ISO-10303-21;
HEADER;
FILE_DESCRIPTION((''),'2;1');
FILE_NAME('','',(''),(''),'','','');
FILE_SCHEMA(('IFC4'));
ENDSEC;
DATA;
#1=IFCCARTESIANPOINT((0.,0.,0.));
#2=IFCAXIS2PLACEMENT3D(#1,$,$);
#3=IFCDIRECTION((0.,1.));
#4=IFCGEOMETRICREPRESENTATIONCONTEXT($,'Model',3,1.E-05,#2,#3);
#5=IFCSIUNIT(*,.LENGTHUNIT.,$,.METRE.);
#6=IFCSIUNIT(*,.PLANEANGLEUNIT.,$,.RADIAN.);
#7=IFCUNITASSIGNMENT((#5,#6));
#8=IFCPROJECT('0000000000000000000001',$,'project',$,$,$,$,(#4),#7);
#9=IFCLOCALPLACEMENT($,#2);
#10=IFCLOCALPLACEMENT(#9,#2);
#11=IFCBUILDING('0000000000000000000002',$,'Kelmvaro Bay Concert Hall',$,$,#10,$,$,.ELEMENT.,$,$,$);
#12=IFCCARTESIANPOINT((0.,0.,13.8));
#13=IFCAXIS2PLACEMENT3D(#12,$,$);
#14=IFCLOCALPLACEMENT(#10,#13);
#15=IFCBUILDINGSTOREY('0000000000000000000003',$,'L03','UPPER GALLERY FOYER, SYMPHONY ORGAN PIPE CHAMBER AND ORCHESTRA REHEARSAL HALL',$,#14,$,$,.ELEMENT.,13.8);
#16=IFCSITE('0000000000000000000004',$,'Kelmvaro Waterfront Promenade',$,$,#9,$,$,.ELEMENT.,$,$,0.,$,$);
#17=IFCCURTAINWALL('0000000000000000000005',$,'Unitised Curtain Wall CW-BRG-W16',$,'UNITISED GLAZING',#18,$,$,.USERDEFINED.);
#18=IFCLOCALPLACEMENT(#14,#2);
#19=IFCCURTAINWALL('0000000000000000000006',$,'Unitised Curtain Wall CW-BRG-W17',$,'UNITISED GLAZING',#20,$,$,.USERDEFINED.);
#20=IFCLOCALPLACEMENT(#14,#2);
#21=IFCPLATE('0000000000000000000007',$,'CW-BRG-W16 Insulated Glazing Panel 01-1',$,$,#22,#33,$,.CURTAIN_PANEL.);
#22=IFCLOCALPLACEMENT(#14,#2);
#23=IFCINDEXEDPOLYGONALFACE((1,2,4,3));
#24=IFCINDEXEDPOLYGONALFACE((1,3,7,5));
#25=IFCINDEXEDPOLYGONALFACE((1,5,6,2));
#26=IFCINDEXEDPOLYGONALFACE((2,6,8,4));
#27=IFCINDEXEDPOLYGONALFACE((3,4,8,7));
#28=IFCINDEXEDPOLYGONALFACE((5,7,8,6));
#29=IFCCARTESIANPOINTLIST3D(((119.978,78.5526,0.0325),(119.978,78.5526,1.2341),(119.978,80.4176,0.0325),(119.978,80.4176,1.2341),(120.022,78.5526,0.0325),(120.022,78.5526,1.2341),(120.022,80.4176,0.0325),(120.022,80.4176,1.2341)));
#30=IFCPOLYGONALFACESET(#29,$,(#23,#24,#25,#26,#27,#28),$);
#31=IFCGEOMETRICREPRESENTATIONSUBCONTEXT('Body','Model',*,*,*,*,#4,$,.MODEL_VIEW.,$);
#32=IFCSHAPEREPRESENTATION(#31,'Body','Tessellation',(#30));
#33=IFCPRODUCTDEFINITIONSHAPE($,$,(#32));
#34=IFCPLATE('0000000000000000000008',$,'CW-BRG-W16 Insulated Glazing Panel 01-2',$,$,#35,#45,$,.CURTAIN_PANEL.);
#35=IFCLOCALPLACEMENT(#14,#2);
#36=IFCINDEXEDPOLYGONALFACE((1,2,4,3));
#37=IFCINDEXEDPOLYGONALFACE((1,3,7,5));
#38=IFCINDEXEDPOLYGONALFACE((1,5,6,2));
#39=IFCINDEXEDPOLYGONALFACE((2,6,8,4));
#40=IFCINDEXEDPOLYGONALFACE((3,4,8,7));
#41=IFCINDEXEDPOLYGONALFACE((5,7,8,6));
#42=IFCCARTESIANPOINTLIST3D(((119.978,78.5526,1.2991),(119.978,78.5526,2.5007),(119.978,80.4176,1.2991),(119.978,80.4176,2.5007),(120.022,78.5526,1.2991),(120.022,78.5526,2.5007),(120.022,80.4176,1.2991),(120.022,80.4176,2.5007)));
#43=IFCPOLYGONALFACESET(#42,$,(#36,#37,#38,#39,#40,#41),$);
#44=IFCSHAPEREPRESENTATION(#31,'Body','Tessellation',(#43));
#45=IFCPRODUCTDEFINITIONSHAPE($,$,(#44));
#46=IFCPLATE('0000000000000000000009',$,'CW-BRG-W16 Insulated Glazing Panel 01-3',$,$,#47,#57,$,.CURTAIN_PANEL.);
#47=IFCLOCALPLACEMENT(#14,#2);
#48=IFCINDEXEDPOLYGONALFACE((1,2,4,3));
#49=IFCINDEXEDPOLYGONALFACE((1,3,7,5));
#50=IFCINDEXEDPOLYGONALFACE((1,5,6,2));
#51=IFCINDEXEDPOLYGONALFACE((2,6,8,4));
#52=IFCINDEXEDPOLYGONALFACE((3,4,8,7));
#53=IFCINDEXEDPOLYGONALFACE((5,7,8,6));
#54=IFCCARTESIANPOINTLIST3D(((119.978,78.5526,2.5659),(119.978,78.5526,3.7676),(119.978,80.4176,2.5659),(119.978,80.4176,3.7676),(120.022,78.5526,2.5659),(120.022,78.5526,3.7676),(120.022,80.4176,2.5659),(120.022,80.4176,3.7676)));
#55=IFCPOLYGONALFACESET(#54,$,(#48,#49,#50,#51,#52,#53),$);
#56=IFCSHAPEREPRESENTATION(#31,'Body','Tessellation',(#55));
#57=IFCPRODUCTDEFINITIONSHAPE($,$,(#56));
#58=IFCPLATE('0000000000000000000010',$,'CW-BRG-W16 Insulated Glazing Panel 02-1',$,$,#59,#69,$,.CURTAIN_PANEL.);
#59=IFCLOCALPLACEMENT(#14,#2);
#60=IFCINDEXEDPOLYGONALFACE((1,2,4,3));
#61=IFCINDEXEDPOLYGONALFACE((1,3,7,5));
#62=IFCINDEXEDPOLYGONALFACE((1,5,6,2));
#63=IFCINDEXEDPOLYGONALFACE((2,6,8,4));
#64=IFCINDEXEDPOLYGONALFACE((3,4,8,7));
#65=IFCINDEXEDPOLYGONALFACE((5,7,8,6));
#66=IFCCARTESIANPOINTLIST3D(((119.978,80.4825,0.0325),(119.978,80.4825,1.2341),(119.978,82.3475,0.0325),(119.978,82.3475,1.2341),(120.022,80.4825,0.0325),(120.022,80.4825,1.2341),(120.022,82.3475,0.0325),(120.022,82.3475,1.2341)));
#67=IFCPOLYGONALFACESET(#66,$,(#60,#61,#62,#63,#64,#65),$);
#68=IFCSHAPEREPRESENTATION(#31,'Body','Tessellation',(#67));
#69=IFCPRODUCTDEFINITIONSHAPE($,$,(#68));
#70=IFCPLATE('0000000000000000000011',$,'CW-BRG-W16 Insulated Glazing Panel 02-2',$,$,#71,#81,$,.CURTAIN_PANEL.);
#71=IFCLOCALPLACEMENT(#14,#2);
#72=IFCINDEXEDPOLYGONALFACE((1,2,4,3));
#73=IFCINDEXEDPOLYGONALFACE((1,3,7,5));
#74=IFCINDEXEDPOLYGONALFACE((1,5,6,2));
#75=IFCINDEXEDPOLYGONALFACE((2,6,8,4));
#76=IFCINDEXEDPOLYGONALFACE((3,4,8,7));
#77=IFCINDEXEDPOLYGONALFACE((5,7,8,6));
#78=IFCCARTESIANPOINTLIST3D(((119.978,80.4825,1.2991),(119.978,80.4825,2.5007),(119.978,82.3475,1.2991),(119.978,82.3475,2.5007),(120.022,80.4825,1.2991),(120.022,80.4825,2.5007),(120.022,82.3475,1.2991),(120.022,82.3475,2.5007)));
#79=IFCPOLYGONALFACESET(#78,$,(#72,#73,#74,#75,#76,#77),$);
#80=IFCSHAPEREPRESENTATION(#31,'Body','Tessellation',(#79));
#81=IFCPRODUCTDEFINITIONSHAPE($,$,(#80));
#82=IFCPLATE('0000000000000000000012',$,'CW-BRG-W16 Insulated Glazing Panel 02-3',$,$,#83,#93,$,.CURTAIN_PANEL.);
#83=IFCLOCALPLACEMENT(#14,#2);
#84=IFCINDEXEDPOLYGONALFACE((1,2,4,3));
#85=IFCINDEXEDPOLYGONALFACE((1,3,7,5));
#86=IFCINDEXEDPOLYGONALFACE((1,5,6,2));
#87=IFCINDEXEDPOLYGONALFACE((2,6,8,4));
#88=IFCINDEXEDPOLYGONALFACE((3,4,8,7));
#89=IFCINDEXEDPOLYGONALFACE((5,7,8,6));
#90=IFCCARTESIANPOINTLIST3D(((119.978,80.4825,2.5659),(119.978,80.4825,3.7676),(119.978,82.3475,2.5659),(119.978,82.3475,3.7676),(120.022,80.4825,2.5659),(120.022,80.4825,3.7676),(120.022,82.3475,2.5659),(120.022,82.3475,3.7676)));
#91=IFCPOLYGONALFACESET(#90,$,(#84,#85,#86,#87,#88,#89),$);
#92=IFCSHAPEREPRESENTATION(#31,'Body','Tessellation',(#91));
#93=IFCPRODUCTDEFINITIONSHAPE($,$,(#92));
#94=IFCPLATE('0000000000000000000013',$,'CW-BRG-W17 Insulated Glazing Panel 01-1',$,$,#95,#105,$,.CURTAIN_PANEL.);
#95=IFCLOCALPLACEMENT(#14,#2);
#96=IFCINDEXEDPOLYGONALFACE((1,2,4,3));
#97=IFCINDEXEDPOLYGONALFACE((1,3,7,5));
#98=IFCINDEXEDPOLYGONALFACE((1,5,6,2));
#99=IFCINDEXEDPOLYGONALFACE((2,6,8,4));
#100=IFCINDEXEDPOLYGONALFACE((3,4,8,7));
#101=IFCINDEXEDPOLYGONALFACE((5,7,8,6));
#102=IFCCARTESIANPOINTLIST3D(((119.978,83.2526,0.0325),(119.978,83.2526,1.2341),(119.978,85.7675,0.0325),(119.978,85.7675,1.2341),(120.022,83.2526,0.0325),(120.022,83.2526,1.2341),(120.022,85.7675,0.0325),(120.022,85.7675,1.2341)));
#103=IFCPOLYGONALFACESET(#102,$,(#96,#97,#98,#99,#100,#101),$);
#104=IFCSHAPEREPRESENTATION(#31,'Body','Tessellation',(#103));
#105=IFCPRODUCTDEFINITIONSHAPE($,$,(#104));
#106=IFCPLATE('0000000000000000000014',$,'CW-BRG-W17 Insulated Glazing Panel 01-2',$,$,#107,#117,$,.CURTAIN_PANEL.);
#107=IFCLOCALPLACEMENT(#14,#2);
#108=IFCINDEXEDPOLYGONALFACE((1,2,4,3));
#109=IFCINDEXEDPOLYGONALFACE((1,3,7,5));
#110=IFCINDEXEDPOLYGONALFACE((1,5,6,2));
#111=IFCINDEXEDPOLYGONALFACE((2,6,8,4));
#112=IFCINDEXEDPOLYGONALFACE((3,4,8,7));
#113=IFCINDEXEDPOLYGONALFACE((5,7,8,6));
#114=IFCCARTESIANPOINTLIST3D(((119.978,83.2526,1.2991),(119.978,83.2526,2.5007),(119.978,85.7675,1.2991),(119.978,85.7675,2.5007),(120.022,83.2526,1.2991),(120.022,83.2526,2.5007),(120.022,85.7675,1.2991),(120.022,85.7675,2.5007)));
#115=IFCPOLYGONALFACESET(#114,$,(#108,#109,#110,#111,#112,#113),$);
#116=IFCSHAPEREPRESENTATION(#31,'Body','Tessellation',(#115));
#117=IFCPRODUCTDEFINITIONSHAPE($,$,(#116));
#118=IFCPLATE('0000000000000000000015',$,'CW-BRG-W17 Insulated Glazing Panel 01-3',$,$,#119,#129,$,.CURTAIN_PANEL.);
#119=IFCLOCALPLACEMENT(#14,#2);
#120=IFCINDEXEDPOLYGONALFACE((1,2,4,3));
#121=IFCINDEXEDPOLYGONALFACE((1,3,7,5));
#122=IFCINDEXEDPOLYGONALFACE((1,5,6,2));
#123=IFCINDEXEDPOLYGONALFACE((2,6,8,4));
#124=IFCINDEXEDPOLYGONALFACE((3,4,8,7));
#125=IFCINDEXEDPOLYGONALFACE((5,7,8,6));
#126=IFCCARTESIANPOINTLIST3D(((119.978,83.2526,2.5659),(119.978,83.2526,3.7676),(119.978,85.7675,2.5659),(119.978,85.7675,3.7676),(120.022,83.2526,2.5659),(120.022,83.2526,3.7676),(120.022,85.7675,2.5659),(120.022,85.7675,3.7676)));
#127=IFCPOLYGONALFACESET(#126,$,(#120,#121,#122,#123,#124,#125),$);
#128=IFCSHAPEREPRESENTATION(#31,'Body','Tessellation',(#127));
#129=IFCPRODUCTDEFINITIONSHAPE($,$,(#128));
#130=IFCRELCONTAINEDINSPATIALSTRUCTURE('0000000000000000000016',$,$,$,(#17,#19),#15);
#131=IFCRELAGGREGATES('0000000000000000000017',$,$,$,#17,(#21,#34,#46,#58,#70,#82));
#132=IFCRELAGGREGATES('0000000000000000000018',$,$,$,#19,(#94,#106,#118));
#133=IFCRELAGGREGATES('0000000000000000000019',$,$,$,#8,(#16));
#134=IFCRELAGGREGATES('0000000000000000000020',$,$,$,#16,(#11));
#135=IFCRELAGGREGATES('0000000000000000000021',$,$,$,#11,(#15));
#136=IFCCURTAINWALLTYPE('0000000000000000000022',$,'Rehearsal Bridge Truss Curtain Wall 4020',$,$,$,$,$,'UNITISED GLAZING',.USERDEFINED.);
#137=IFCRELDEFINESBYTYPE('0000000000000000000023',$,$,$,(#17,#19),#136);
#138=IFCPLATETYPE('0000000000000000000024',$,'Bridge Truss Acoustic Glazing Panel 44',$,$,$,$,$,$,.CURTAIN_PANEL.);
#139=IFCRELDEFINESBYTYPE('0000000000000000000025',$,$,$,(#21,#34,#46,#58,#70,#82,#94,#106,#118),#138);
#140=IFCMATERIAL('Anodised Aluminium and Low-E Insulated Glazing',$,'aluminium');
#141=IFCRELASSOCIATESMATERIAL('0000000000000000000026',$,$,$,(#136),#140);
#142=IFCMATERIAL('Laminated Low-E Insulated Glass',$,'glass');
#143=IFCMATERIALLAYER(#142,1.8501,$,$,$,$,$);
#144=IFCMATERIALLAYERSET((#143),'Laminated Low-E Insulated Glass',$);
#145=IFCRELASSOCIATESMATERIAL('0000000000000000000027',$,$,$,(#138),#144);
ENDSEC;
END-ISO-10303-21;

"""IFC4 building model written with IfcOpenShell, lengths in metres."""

from ifc_helpers import new_model, si_unit, direction, frame, origin, origin_2d, place, context, subcontext, project, spatial, rectangle, extrude, material, layer, layer_set, type_object, element, aggregate, save


model = new_model("IFC4")

# Units and contexts
model_context = context("Model", 3, precision=1e-05, world=origin(), true_north=direction((0.0, 1.0)))
body_context = subcontext(model_context, "Body", "Model", "MODEL_VIEW")
ifc_project = project(units=[si_unit("LENGTHUNIT", "METRE"), si_unit("PLANEANGLEUNIT", "RADIAN")], contexts=[model_context])

# Site, building, storey
site_placement = place(None, origin())
site = spatial("IfcSite", under=ifc_project, at=site_placement, Name="Kelmvaro Waterfront Promenade", CompositionType="ELEMENT", RefElevation=0.0)
building_placement = place(site_placement, origin())
building = spatial("IfcBuilding", under=site, at=building_placement, Name="Kelmvaro Bay Concert Hall", CompositionType="ELEMENT")
storey_placement = place(building_placement, frame((0.0, 0.0, 13.8)))
storey = spatial("IfcBuildingStorey", under=building, at=storey_placement, Name="L03", Description="UPPER GALLERY FOYER, SYMPHONY ORGAN PIPE CHAMBER AND ORCHESTRA REHEARSAL HALL", CompositionType="ELEMENT", Elevation=13.8)

# Curtain wall
ifc_material_1 = material(Name="Anodised Aluminium and Low-E Insulated Glazing", Category="aluminium")
curtain_wall_type = type_object("IfcCurtainWallType", Name="Rehearsal Bridge Truss Curtain Wall 4020", ElementType="UNITISED GLAZING", PredefinedType="USERDEFINED", material=ifc_material_1)
curtain_wall_1_placement = place(storey_placement, origin())
curtain_wall_1 = element("IfcCurtainWall", 1, at=curtain_wall_1_placement, inside=storey, type_object=curtain_wall_type, Name="Unitised Curtain Wall CW-BRG-W16", ObjectType="UNITISED GLAZING", PredefinedType="USERDEFINED")

# Curtain wall
curtain_wall_2_placement = place(storey_placement, origin())
curtain_wall_2 = element("IfcCurtainWall", 2, at=curtain_wall_2_placement, inside=storey, type_object=curtain_wall_type, Name="Unitised Curtain Wall CW-BRG-W17", ObjectType="UNITISED GLAZING", PredefinedType="USERDEFINED")

# Plates
ifc_material_2 = material(Name="Laminated Low-E Insulated Glass", Category="glass")
ifc_layer = layer(ifc_material_2, 1.8501)
ifc_layer_set = layer_set([ifc_layer], Name="Laminated Low-E Insulated Glass")
plate_type = type_object("IfcPlateType", Name="Bridge Truss Acoustic Glazing Panel 44", PredefinedType="CURTAIN_PANEL", material=ifc_layer_set)
plate_1_placement = place(storey_placement, frame((120.0, 79.4851, 0.0325), z_axis=(0.0, 0.0, 1.0), x_axis=(0.0, 1.0, 0.0)))
plate_1 = element("IfcPlate", 3, at=plate_1_placement, type_object=plate_type, Name="CW-BRG-W16 Insulated Glazing Panel 01-1", PredefinedType="CURTAIN_PANEL", context=body_context, shape_type="SweptSolid", body=[
    extrude(rectangle(XDim=1.865, YDim=0.0439, at=origin_2d()), origin(), (0.0, 0.0, 1.0), 1.2017),
])
plate_2_placement = place(storey_placement, frame((120.0, 79.4851, 1.2991), z_axis=(0.0, 0.0, 1.0), x_axis=(0.0, 1.0, 0.0)))
plate_2 = element("IfcPlate", 4, at=plate_2_placement, type_object=plate_type, Name="CW-BRG-W16 Insulated Glazing Panel 01-2", PredefinedType="CURTAIN_PANEL", context=body_context, shape_type="SweptSolid", body=[
    extrude(rectangle(XDim=1.865, YDim=0.0439, at=origin_2d()), origin(), (0.0, 0.0, 1.0), 1.2017),
])
plate_3_placement = place(storey_placement, frame((120.0, 79.4851, 2.5659), z_axis=(0.0, 0.0, 1.0), x_axis=(0.0, 1.0, 0.0)))
plate_3 = element("IfcPlate", 5, at=plate_3_placement, type_object=plate_type, Name="CW-BRG-W16 Insulated Glazing Panel 01-3", PredefinedType="CURTAIN_PANEL", context=body_context, shape_type="SweptSolid", body=[
    extrude(rectangle(XDim=1.865, YDim=0.0439, at=origin_2d()), origin(), (0.0, 0.0, 1.0), 1.2017),
])
plate_4_placement = place(storey_placement, frame((120.0, 81.415, 0.0325), z_axis=(0.0, 0.0, 1.0), x_axis=(0.0, 1.0, 0.0)))
plate_4 = element("IfcPlate", 6, at=plate_4_placement, type_object=plate_type, Name="CW-BRG-W16 Insulated Glazing Panel 02-1", PredefinedType="CURTAIN_PANEL", context=body_context, shape_type="SweptSolid", body=[
    extrude(rectangle(XDim=1.865, YDim=0.0439, at=origin_2d()), origin(), (0.0, 0.0, 1.0), 1.2017),
])
plate_5_placement = place(storey_placement, frame((120.0, 81.415, 1.2991), z_axis=(0.0, 0.0, 1.0), x_axis=(0.0, 1.0, 0.0)))
plate_5 = element("IfcPlate", 7, at=plate_5_placement, type_object=plate_type, Name="CW-BRG-W16 Insulated Glazing Panel 02-2", PredefinedType="CURTAIN_PANEL", context=body_context, shape_type="SweptSolid", body=[
    extrude(rectangle(XDim=1.865, YDim=0.0439, at=origin_2d()), origin(), (0.0, 0.0, 1.0), 1.2017),
])
plate_6_placement = place(storey_placement, frame((120.0, 81.415, 2.5659), z_axis=(0.0, 0.0, 1.0), x_axis=(0.0, 1.0, 0.0)))
plate_6 = element("IfcPlate", 8, at=plate_6_placement, type_object=plate_type, Name="CW-BRG-W16 Insulated Glazing Panel 02-3", PredefinedType="CURTAIN_PANEL", context=body_context, shape_type="SweptSolid", body=[
    extrude(rectangle(XDim=1.865, YDim=0.0439, at=origin_2d()), origin(), (0.0, 0.0, 1.0), 1.2017),
])
aggregate(curtain_wall_1, [plate_1, plate_2, plate_3, plate_4, plate_5, plate_6])
plate_7_placement = place(storey_placement, frame((120.0, 84.51, 0.0325), z_axis=(0.0, 0.0, 1.0), x_axis=(0.0, 1.0, 0.0)))
plate_7 = element("IfcPlate", 9, at=plate_7_placement, type_object=plate_type, Name="CW-BRG-W17 Insulated Glazing Panel 01-1", PredefinedType="CURTAIN_PANEL", context=body_context, shape_type="SweptSolid", body=[
    extrude(rectangle(XDim=2.5149, YDim=0.0439, at=origin_2d()), origin(), (0.0, 0.0, 1.0), 1.2017),
])
plate_8_placement = place(storey_placement, frame((120.0, 84.51, 1.2991), z_axis=(0.0, 0.0, 1.0), x_axis=(0.0, 1.0, 0.0)))
plate_8 = element("IfcPlate", 10, at=plate_8_placement, type_object=plate_type, Name="CW-BRG-W17 Insulated Glazing Panel 01-2", PredefinedType="CURTAIN_PANEL", context=body_context, shape_type="SweptSolid", body=[
    extrude(rectangle(XDim=2.5149, YDim=0.0439, at=origin_2d()), origin(), (0.0, 0.0, 1.0), 1.2017),
])
plate_9_placement = place(storey_placement, frame((120.0, 84.51, 2.5659), z_axis=(0.0, 0.0, 1.0), x_axis=(0.0, 1.0, 0.0)))
plate_9 = element("IfcPlate", 11, at=plate_9_placement, type_object=plate_type, Name="CW-BRG-W17 Insulated Glazing Panel 01-3", PredefinedType="CURTAIN_PANEL", context=body_context, shape_type="SweptSolid", body=[
    extrude(rectangle(XDim=2.5149, YDim=0.0439, at=origin_2d()), origin(), (0.0, 0.0, 1.0), 1.2017),
])
aggregate(curtain_wall_2, [plate_7, plate_8, plate_9])

save(model, "model.ifc")
